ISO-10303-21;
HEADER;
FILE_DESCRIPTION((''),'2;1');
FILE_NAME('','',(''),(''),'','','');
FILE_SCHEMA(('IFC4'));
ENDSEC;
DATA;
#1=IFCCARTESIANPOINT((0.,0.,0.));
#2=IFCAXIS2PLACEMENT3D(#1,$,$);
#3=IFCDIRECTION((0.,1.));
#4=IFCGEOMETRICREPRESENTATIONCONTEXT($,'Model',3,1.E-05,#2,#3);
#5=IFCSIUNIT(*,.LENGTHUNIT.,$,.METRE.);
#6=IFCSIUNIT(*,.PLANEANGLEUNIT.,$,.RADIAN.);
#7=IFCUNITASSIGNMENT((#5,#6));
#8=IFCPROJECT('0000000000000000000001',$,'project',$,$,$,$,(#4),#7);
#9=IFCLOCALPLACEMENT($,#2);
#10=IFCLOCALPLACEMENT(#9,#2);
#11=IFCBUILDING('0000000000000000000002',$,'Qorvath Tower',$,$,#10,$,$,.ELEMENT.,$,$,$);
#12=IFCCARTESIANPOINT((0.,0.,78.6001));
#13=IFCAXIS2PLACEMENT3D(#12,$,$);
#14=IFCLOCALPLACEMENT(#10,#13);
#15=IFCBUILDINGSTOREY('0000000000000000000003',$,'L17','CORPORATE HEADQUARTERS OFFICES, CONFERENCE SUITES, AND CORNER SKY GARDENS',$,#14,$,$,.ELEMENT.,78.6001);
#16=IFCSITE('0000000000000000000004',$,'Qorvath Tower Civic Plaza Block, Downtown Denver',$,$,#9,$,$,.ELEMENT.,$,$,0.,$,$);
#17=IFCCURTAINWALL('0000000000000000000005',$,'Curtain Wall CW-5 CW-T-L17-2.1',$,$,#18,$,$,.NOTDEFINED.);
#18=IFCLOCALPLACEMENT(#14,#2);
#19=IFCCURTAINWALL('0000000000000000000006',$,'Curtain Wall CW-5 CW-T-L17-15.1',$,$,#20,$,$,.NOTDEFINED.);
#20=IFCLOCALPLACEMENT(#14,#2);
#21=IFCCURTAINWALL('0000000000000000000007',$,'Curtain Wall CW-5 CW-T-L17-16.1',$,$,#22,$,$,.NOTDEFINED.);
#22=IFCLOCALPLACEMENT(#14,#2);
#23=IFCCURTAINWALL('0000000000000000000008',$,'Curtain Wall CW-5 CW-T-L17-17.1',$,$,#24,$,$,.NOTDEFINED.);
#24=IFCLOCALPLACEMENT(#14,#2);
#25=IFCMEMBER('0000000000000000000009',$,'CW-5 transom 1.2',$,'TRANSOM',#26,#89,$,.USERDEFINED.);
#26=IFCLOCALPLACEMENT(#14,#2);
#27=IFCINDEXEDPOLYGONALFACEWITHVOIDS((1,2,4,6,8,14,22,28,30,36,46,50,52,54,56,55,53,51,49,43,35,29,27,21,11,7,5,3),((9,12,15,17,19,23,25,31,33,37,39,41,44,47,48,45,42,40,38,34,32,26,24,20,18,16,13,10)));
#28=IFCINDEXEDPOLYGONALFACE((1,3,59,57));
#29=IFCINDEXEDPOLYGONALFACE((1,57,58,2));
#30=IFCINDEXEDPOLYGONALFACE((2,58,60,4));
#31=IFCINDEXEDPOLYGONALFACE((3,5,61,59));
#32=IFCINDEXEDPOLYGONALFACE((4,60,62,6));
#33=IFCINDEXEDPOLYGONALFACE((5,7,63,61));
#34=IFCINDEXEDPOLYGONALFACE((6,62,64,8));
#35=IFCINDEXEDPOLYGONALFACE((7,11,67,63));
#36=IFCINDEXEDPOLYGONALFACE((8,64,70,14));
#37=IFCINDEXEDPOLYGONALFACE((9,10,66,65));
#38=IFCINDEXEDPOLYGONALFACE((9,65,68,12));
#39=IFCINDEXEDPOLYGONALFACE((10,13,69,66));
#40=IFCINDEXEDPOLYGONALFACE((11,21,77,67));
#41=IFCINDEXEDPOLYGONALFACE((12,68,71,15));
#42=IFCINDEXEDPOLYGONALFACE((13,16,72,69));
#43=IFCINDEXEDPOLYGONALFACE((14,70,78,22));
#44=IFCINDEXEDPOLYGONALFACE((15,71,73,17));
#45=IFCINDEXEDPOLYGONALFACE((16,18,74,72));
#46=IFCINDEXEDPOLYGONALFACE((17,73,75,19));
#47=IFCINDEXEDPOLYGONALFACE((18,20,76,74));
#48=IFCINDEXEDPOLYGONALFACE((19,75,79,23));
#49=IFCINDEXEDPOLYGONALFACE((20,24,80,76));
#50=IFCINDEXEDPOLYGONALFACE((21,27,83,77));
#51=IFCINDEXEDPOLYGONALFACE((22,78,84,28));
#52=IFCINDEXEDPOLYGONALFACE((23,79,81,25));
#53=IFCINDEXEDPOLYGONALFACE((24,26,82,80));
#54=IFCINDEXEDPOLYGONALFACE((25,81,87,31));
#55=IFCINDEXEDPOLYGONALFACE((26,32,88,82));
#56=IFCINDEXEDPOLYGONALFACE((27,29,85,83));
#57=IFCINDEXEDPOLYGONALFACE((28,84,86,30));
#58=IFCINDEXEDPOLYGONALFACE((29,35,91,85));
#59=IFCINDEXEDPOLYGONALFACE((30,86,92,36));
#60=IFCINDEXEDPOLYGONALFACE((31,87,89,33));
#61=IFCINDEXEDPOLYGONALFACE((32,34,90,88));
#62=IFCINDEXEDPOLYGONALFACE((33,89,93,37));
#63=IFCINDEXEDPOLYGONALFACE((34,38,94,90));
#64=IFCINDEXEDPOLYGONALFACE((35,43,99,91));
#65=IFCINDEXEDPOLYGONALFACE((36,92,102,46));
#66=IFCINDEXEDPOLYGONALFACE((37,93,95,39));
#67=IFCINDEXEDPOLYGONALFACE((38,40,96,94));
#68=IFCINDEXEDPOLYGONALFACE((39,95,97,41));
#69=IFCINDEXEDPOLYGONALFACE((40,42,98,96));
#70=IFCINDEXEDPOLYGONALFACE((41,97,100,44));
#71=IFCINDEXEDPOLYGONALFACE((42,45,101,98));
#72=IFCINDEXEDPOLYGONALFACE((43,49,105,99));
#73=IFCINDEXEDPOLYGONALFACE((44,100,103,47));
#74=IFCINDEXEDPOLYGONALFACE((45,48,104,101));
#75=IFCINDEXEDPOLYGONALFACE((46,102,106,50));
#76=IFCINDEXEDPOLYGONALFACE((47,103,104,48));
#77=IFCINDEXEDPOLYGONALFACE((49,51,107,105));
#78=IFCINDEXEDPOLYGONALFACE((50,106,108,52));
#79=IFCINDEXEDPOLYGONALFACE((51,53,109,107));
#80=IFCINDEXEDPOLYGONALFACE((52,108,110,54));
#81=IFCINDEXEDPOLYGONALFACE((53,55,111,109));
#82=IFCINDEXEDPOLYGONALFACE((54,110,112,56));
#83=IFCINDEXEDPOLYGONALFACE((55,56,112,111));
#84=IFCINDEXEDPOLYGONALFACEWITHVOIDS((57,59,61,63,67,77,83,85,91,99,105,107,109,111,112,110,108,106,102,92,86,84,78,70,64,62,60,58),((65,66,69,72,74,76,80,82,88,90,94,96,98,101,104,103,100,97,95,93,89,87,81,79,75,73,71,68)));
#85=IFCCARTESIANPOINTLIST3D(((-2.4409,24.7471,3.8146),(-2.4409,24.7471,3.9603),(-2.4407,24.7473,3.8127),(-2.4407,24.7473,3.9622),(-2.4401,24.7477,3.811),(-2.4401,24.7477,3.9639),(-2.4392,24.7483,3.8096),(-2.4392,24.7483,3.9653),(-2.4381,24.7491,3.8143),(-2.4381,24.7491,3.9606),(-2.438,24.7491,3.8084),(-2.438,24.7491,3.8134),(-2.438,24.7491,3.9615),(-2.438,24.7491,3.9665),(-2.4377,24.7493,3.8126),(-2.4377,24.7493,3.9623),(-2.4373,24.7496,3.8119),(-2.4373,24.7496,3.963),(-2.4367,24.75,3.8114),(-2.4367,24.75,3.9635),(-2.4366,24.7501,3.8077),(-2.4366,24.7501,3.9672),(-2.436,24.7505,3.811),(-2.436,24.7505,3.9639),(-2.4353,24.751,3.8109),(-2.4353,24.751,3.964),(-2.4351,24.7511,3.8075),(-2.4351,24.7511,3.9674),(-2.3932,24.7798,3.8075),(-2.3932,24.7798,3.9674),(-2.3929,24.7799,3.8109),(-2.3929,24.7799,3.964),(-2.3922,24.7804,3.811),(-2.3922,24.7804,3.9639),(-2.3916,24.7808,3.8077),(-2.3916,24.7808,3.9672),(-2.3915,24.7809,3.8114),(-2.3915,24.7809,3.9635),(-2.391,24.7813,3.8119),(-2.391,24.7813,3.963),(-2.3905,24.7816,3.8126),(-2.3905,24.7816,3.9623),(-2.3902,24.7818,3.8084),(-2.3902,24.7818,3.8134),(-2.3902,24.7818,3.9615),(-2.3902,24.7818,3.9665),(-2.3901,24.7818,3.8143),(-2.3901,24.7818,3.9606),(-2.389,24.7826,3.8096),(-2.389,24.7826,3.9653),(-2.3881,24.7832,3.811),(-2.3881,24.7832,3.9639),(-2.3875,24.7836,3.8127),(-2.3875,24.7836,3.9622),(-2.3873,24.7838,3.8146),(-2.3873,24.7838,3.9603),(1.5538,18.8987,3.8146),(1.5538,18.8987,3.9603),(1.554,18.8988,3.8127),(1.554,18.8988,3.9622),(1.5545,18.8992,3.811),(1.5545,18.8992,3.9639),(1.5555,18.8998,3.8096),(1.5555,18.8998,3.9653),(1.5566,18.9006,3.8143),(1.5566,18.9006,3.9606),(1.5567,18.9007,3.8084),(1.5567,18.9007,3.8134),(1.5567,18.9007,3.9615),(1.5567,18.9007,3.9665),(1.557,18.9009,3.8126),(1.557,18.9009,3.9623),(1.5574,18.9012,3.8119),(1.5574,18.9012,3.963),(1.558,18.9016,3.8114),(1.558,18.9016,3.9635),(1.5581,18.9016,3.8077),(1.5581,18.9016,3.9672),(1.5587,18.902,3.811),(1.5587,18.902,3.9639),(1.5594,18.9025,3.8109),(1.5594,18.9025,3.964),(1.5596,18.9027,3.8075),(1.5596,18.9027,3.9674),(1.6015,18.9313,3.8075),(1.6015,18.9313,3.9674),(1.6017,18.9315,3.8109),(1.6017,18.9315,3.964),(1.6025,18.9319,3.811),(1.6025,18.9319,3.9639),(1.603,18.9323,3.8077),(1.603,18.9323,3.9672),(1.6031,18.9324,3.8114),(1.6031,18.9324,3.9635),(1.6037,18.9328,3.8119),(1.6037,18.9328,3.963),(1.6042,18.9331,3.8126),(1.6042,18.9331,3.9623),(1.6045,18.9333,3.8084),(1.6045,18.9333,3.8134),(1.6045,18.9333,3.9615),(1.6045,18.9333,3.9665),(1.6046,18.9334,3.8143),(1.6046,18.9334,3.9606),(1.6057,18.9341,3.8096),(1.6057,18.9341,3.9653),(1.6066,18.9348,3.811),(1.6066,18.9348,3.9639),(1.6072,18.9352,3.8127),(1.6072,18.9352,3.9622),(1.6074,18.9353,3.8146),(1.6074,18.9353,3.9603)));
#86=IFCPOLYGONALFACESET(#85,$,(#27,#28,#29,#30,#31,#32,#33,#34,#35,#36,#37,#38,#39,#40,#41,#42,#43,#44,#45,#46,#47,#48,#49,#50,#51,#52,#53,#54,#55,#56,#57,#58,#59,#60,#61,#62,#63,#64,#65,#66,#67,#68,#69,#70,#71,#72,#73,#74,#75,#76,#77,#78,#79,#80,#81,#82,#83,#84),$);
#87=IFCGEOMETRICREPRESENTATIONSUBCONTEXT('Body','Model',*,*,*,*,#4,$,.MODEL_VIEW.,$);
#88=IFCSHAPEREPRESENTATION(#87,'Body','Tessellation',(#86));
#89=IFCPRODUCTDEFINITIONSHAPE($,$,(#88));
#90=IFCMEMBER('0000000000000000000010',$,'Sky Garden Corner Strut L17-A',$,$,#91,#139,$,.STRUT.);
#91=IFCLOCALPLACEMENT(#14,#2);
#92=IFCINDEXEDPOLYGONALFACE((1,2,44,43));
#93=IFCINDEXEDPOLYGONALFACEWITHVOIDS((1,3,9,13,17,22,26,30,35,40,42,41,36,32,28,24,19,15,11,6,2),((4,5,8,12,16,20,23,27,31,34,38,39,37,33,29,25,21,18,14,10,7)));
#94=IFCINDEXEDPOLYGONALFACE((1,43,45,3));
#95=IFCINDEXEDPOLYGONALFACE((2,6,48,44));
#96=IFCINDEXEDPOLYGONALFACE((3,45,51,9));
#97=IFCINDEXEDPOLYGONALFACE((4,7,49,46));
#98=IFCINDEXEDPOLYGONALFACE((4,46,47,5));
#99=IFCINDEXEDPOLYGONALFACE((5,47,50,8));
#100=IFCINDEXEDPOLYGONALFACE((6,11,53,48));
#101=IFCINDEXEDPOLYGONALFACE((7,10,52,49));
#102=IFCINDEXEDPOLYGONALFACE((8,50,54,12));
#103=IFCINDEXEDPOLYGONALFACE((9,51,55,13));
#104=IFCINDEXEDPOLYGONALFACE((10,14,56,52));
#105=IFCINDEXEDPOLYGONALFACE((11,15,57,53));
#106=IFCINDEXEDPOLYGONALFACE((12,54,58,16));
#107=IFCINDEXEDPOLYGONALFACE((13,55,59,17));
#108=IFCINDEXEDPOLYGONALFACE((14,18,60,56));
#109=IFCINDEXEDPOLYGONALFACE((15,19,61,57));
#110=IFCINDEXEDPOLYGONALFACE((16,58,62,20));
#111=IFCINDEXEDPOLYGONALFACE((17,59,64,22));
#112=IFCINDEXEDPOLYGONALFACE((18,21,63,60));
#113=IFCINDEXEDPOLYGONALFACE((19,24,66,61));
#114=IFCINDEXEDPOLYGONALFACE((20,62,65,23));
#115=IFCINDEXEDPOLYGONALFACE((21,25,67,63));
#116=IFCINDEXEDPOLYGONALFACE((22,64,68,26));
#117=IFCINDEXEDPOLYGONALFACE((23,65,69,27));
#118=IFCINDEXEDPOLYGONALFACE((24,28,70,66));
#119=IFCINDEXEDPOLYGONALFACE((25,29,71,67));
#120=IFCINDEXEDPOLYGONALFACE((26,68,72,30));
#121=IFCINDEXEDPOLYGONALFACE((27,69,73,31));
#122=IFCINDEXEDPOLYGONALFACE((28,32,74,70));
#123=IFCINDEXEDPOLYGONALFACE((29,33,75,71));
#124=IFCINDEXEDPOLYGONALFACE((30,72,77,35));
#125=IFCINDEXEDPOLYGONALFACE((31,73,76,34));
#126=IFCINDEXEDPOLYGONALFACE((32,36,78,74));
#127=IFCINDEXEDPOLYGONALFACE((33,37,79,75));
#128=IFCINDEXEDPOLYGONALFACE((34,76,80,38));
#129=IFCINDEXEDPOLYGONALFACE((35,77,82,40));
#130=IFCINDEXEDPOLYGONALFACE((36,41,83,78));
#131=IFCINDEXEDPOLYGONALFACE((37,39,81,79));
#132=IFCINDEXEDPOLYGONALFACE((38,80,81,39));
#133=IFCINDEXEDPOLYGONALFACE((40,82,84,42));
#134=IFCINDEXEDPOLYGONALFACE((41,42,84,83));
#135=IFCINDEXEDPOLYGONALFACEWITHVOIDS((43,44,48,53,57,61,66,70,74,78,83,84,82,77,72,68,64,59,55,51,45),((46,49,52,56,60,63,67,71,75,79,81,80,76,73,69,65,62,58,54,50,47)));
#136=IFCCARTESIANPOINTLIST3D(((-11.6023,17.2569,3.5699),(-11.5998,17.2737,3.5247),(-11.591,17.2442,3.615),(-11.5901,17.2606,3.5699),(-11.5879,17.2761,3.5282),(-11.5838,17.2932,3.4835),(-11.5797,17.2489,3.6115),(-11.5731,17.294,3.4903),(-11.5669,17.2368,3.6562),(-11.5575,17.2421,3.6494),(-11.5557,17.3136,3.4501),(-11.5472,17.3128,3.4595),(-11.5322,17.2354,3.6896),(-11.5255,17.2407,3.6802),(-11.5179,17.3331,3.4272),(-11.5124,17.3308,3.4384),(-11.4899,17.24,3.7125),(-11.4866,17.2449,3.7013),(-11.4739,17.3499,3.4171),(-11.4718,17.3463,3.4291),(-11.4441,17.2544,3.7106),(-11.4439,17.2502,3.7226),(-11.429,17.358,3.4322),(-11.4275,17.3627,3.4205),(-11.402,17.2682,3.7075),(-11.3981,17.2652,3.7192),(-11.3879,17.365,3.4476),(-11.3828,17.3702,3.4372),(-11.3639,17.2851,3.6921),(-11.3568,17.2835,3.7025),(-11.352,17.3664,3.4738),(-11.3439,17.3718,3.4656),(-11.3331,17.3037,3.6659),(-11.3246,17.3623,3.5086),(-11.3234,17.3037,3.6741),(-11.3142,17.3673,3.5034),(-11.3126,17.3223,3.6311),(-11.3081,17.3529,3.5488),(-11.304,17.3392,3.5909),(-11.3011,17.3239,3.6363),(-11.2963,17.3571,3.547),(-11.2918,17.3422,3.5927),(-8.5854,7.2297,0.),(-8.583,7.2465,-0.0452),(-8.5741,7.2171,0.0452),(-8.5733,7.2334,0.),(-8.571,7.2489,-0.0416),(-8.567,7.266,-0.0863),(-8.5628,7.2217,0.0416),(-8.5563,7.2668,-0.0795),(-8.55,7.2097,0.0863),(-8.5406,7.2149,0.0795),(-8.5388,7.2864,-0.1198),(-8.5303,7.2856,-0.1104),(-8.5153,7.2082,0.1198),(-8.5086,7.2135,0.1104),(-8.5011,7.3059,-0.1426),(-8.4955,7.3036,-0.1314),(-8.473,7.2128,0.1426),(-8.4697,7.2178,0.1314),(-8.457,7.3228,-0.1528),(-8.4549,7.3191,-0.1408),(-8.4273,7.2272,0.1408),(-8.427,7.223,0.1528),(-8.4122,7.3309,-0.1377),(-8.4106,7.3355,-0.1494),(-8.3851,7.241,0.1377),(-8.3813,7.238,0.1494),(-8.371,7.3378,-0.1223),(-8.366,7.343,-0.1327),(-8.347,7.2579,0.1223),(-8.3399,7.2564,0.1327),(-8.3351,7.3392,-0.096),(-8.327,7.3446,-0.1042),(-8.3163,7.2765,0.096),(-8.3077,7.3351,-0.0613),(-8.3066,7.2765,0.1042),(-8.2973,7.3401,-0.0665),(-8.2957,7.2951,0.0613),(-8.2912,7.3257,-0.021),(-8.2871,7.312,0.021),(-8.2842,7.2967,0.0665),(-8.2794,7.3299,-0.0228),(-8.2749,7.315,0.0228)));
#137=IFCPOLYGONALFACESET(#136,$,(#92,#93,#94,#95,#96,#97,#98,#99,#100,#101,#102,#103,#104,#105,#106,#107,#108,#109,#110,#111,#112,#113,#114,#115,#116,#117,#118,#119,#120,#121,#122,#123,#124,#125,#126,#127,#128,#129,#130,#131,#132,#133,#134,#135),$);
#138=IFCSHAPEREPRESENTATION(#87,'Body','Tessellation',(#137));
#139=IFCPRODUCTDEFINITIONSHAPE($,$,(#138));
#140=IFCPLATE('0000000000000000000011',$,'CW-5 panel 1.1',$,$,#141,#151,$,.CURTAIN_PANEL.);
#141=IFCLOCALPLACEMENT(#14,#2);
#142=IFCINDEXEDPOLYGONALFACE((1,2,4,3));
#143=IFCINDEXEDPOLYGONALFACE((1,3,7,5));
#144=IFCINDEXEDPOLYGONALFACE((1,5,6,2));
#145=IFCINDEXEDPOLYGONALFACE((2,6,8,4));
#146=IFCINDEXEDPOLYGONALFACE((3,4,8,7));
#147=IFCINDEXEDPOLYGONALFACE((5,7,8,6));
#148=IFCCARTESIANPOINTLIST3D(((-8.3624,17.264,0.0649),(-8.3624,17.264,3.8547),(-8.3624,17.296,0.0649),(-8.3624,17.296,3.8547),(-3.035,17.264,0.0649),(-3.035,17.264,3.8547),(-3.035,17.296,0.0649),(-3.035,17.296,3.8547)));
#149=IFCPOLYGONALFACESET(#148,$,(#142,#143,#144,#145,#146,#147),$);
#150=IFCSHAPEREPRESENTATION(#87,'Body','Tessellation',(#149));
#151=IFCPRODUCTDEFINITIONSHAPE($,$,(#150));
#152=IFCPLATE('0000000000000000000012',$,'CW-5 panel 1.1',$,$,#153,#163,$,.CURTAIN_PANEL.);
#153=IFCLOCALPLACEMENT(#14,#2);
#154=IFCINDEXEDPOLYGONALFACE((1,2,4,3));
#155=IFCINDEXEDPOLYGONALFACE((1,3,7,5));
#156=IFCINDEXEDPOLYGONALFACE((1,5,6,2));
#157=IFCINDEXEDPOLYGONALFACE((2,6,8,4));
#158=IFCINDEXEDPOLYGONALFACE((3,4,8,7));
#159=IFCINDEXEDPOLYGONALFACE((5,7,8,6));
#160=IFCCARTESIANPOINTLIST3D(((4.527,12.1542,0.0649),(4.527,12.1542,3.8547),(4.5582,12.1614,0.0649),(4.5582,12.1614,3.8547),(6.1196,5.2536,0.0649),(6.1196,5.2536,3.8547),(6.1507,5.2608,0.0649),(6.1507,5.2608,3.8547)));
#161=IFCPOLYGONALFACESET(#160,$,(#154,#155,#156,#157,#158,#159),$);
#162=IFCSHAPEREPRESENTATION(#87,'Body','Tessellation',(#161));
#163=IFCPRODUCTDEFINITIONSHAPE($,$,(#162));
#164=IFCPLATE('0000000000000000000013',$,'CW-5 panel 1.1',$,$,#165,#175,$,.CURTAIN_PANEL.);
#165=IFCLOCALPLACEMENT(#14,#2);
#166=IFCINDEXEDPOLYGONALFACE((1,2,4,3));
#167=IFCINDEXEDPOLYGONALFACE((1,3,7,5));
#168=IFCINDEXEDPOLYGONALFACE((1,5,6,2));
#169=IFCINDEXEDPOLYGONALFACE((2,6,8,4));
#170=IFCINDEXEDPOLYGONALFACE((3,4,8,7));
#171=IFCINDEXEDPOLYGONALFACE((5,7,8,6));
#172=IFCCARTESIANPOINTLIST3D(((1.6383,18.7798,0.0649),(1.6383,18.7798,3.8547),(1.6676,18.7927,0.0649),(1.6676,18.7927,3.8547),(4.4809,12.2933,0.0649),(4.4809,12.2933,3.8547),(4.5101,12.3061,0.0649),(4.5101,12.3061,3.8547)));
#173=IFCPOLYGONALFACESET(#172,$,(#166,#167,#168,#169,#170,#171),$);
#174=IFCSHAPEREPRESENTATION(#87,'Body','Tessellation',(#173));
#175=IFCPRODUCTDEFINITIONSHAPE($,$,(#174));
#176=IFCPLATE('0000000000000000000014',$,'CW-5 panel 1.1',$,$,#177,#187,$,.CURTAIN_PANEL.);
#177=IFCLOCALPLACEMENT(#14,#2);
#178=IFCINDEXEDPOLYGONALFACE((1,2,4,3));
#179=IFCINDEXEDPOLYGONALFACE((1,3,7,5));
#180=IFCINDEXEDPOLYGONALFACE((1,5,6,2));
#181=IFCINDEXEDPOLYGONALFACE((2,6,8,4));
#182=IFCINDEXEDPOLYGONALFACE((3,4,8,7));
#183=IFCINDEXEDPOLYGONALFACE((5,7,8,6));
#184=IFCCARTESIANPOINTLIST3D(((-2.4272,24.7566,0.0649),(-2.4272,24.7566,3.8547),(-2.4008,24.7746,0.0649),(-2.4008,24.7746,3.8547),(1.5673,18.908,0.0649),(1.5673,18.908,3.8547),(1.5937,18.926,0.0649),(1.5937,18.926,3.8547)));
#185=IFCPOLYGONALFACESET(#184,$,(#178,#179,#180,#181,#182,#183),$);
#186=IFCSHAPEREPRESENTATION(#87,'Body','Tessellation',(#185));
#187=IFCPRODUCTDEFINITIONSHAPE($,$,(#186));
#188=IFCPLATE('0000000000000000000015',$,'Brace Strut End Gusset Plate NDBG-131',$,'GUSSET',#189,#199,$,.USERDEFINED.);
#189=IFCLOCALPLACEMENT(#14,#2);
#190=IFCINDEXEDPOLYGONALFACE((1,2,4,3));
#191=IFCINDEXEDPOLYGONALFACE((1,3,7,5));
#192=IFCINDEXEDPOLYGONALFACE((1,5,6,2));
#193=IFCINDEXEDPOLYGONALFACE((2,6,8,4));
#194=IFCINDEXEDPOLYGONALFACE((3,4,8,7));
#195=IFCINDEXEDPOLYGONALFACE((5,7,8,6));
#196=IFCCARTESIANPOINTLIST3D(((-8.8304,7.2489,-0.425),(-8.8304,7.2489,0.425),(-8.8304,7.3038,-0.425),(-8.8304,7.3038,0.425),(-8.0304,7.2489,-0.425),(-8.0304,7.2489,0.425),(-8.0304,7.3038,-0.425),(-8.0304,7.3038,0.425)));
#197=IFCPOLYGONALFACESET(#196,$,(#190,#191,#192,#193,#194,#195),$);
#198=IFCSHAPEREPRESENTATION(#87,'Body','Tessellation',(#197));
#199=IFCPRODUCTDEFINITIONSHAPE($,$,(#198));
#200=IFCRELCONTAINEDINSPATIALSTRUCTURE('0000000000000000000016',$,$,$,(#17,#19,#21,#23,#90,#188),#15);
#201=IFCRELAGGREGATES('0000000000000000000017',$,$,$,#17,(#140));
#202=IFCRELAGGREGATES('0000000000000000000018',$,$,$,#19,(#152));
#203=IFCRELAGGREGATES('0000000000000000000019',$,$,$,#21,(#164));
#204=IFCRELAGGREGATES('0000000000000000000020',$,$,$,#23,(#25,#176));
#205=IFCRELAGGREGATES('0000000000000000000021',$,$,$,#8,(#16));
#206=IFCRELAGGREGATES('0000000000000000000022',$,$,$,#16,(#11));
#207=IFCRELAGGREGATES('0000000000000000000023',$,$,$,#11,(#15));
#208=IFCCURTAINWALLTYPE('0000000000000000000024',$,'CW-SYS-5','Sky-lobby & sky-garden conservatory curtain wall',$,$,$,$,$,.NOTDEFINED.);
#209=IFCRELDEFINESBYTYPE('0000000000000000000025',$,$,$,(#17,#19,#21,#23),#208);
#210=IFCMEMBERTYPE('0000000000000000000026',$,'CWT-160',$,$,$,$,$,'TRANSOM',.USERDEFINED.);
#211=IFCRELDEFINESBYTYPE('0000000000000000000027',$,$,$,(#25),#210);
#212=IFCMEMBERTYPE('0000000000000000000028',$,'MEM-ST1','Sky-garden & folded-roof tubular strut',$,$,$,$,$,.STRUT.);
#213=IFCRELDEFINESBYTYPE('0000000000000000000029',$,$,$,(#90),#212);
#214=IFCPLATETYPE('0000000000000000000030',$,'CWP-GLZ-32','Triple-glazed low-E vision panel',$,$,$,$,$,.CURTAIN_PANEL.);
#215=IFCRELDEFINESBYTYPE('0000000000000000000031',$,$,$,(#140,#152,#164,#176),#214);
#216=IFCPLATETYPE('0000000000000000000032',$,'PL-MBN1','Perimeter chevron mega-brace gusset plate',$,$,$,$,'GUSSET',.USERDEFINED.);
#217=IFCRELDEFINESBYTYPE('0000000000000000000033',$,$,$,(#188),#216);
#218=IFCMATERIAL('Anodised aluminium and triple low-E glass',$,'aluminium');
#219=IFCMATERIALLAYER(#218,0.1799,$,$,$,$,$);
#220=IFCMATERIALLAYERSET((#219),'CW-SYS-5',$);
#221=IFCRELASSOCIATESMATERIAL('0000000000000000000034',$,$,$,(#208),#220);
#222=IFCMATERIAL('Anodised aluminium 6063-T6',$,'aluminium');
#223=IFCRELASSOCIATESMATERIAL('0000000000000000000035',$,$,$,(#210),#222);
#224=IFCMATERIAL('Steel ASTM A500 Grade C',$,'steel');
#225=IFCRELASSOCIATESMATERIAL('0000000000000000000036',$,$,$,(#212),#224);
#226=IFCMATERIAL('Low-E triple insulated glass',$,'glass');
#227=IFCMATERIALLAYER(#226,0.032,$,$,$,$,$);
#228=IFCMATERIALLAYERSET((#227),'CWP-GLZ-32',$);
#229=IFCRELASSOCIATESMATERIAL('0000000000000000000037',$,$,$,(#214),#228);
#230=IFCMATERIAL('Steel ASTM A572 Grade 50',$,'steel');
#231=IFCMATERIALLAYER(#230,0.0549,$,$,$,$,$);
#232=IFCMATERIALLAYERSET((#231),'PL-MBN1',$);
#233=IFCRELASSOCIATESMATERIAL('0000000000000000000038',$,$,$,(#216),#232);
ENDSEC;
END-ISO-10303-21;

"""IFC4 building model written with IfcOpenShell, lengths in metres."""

from ifc_helpers import new_model, si_unit, direction, frame, origin, origin_2d, place, context, subcontext, project, spatial, rectangle, hollow_rectangle, hollow_circle, extrude, material, layer, layer_set, material_profile, profile_set, type_object, element, aggregate, save


model = new_model("IFC4")

# Units and contexts
model_context = context("Model", 3, precision=1e-05, world=origin(), true_north=direction((0.0, 1.0)))
body_context = subcontext(model_context, "Body", "Model", "MODEL_VIEW")
ifc_project = project(units=[si_unit("LENGTHUNIT", "METRE"), si_unit("PLANEANGLEUNIT", "RADIAN")], contexts=[model_context])

# Site, building, storey
site_placement = place(None, origin())
site = spatial("IfcSite", under=ifc_project, at=site_placement, Name="Qorvath Tower Civic Plaza Block, Downtown Denver", CompositionType="ELEMENT", RefElevation=0.0)
building_placement = place(site_placement, origin())
building = spatial("IfcBuilding", under=site, at=building_placement, Name="Qorvath Tower", CompositionType="ELEMENT")
storey_placement = place(building_placement, frame((0.0, 0.0, 78.6001)))
storey = spatial("IfcBuildingStorey", under=building, at=storey_placement, Name="L17", Description="CORPORATE HEADQUARTERS OFFICES, CONFERENCE SUITES, AND CORNER SKY GARDENS", CompositionType="ELEMENT", Elevation=78.6001)

# Curtain wall
ifc_material_1 = material(Name="Anodised aluminium and triple low-E glass", Category="aluminium")
ifc_layer_1 = layer(ifc_material_1, 0.1799)
ifc_layer_set_1 = layer_set([ifc_layer_1], Name="CW-SYS-5")
curtain_wall_type = type_object("IfcCurtainWallType", Name="CW-SYS-5", Description="Sky-lobby & sky-garden conservatory curtain wall", PredefinedType="NOTDEFINED", material=ifc_layer_set_1)
curtain_wall_1_placement = place(storey_placement, origin())
curtain_wall_1 = element("IfcCurtainWall", 1, at=curtain_wall_1_placement, inside=storey, type_object=curtain_wall_type, Name="Curtain Wall CW-5 CW-T-L17-2.1", PredefinedType="NOTDEFINED")

# Curtain walls
curtain_wall_2_placement = place(storey_placement, origin())
curtain_wall_2 = element("IfcCurtainWall", 2, at=curtain_wall_2_placement, inside=storey, type_object=curtain_wall_type, Name="Curtain Wall CW-5 CW-T-L17-15.1", PredefinedType="NOTDEFINED")
curtain_wall_3_placement = place(storey_placement, origin())
curtain_wall_3 = element("IfcCurtainWall", 3, at=curtain_wall_3_placement, inside=storey, type_object=curtain_wall_type, Name="Curtain Wall CW-5 CW-T-L17-16.1", PredefinedType="NOTDEFINED")
curtain_wall_4_placement = place(storey_placement, origin())
curtain_wall_4 = element("IfcCurtainWall", 4, at=curtain_wall_4_placement, inside=storey, type_object=curtain_wall_type, Name="Curtain Wall CW-5 CW-T-L17-17.1", PredefinedType="NOTDEFINED")

# Members
ifc_material_2 = material(Name="Anodised aluminium 6063-T6", Category="aluminium")
ifc_material_profile_1 = material_profile(ifc_material_2, hollow_rectangle(XDim=0.0649, YDim=0.1599, WallThickness=0.0034, InnerFilletRadius=0.0034, OuterFilletRadius=0.0071, at=origin_2d()), Name="CWT 160x65")
ifc_profile_set_1 = profile_set([ifc_material_profile_1], Name="Anodised aluminium 6063-T6")
member_type_1 = type_object("IfcMemberType", Name="CWT-160", ElementType="TRANSOM", PredefinedType="USERDEFINED", material=ifc_profile_set_1)
member_1_placement = place(storey_placement, frame((1.5806, 18.917, 3.8875), z_axis=(-0.56402, 0.825761, 0.0), x_axis=(-0.825761, -0.56402, 0.0)))
member_1 = element("IfcMember", 5, at=member_1_placement, type_object=member_type_1, Name="CW-5 transom 1.2", ObjectType="TRANSOM", PredefinedType="USERDEFINED", context=body_context, shape_type="SweptSolid", body=[
    extrude(hollow_rectangle(XDim=0.0649, YDim=0.1599, WallThickness=0.0034, InnerFilletRadius=0.0034, OuterFilletRadius=0.0071, at=origin_2d()), origin(), (0.0, 0.0, 1.0), 7.0825),
])
ifc_material_3 = material(Name="Steel ASTM A500 Grade C", Category="steel")
ifc_material_profile_2 = material_profile(ifc_material_3, hollow_circle(Radius=0.1619, WallThickness=0.0127, at=origin_2d()), Name="CHS 324x12.7")
ifc_profile_set_2 = profile_set([ifc_material_profile_2], Name="Steel ASTM A500 Grade C")
member_type_2 = type_object("IfcMemberType", Name="MEM-ST1", Description="Sky-garden & folded-roof tubular strut", PredefinedType="STRUT", material=ifc_profile_set_2)
member_2_placement = place(storey_placement, frame((-8.4304, 7.2764, 0.0), z_axis=(-0.272699, 0.906372, 0.322684), x_axis=(-0.957597, -0.288111, 0.0)))
element("IfcMember", 6, at=member_2_placement, inside=storey, type_object=member_type_2, Name="Sky Garden Corner Strut L17-A", PredefinedType="STRUT", context=body_context, shape_type="SweptSolid", body=[
    extrude(hollow_circle(Radius=0.1619, WallThickness=0.0127, at=origin_2d()), origin(), (0.0, 0.0, 1.0), 11.063),
])

# Plates
ifc_material_4 = material(Name="Low-E triple insulated glass", Category="glass")
ifc_layer_2 = layer(ifc_material_4, 0.032)
ifc_layer_set_2 = layer_set([ifc_layer_2], Name="CWP-GLZ-32")
plate_type_1 = type_object("IfcPlateType", Name="CWP-GLZ-32", Description="Triple-glazed low-E vision panel", PredefinedType="CURTAIN_PANEL", material=ifc_layer_set_2)
plate_1_placement = place(storey_placement, frame((-5.6987, 17.28, 0.0649), z_axis=(0.0, 0.0, 1.0), x_axis=(-1.0, 0.0, 0.0)))
plate_1 = element("IfcPlate", 7, at=plate_1_placement, type_object=plate_type_1, Name="CW-5 panel 1.1", PredefinedType="CURTAIN_PANEL", context=body_context, shape_type="SweptSolid", body=[
    extrude(rectangle(XDim=5.3274, YDim=0.032, at=origin_2d()), origin(), (0.0, 0.0, 1.0), 3.7898),
])
aggregate(curtain_wall_1, [plate_1])
plate_2_placement = place(storey_placement, frame((5.3389, 8.7075, 0.0649), z_axis=(0.0, 0.0, 1.0), x_axis=(-0.224872, 0.974388, 0.0)))
plate_2 = element("IfcPlate", 8, at=plate_2_placement, type_object=plate_type_1, Name="CW-5 panel 1.1", PredefinedType="CURTAIN_PANEL", context=body_context, shape_type="SweptSolid", body=[
    extrude(rectangle(XDim=7.082, YDim=0.032, at=origin_2d()), origin(), (0.0, 0.0, 1.0), 3.7898),
])
aggregate(curtain_wall_2, [plate_2])
plate_3_placement = place(storey_placement, frame((3.0742, 15.543, 0.0649), z_axis=(0.0, 0.0, 1.0), x_axis=(-0.401376, 0.915913, 0.0)))
plate_3 = element("IfcPlate", 9, at=plate_3_placement, type_object=plate_type_1, Name="CW-5 panel 1.1", PredefinedType="CURTAIN_PANEL", context=body_context, shape_type="SweptSolid", body=[
    extrude(rectangle(XDim=7.082, YDim=0.032, at=origin_2d()), origin(), (0.0, 0.0, 1.0), 3.7898),
])
aggregate(curtain_wall_3, [plate_3])
plate_4_placement = place(storey_placement, frame((-0.4167, 21.8413, 0.0649), z_axis=(0.0, 0.0, 1.0), x_axis=(-0.563998, 0.825776, 0.0)))
plate_4 = element("IfcPlate", 10, at=plate_4_placement, type_object=plate_type_1, Name="CW-5 panel 1.1", PredefinedType="CURTAIN_PANEL", context=body_context, shape_type="SweptSolid", body=[
    extrude(rectangle(XDim=7.0825, YDim=0.032, at=origin_2d()), origin(), (0.0, 0.0, 1.0), 3.7898),
])
aggregate(curtain_wall_4, [member_1, plate_4])
ifc_material_5 = material(Name="Steel ASTM A572 Grade 50", Category="steel")
ifc_layer_3 = layer(ifc_material_5, 0.0549)
ifc_layer_set_3 = layer_set([ifc_layer_3], Name="PL-MBN1")
plate_type_2 = type_object("IfcPlateType", Name="PL-MBN1", Description="Perimeter chevron mega-brace gusset plate", ElementType="GUSSET", PredefinedType="USERDEFINED", material=ifc_layer_set_3)
plate_5_placement = place(storey_placement, frame((-8.4304, 7.2764, -0.425), z_axis=(0.0, 0.0, 1.0), x_axis=(1.0, 0.0, 0.0)))
element("IfcPlate", 11, at=plate_5_placement, inside=storey, type_object=plate_type_2, Name="Brace Strut End Gusset Plate NDBG-131", ObjectType="GUSSET", PredefinedType="USERDEFINED", context=body_context, shape_type="SweptSolid", body=[
    extrude(rectangle(XDim=0.8, YDim=0.0549, at=origin_2d()), origin(), (0.0, 0.0, 1.0), 0.8501),
])

save(model, "model.ifc")
